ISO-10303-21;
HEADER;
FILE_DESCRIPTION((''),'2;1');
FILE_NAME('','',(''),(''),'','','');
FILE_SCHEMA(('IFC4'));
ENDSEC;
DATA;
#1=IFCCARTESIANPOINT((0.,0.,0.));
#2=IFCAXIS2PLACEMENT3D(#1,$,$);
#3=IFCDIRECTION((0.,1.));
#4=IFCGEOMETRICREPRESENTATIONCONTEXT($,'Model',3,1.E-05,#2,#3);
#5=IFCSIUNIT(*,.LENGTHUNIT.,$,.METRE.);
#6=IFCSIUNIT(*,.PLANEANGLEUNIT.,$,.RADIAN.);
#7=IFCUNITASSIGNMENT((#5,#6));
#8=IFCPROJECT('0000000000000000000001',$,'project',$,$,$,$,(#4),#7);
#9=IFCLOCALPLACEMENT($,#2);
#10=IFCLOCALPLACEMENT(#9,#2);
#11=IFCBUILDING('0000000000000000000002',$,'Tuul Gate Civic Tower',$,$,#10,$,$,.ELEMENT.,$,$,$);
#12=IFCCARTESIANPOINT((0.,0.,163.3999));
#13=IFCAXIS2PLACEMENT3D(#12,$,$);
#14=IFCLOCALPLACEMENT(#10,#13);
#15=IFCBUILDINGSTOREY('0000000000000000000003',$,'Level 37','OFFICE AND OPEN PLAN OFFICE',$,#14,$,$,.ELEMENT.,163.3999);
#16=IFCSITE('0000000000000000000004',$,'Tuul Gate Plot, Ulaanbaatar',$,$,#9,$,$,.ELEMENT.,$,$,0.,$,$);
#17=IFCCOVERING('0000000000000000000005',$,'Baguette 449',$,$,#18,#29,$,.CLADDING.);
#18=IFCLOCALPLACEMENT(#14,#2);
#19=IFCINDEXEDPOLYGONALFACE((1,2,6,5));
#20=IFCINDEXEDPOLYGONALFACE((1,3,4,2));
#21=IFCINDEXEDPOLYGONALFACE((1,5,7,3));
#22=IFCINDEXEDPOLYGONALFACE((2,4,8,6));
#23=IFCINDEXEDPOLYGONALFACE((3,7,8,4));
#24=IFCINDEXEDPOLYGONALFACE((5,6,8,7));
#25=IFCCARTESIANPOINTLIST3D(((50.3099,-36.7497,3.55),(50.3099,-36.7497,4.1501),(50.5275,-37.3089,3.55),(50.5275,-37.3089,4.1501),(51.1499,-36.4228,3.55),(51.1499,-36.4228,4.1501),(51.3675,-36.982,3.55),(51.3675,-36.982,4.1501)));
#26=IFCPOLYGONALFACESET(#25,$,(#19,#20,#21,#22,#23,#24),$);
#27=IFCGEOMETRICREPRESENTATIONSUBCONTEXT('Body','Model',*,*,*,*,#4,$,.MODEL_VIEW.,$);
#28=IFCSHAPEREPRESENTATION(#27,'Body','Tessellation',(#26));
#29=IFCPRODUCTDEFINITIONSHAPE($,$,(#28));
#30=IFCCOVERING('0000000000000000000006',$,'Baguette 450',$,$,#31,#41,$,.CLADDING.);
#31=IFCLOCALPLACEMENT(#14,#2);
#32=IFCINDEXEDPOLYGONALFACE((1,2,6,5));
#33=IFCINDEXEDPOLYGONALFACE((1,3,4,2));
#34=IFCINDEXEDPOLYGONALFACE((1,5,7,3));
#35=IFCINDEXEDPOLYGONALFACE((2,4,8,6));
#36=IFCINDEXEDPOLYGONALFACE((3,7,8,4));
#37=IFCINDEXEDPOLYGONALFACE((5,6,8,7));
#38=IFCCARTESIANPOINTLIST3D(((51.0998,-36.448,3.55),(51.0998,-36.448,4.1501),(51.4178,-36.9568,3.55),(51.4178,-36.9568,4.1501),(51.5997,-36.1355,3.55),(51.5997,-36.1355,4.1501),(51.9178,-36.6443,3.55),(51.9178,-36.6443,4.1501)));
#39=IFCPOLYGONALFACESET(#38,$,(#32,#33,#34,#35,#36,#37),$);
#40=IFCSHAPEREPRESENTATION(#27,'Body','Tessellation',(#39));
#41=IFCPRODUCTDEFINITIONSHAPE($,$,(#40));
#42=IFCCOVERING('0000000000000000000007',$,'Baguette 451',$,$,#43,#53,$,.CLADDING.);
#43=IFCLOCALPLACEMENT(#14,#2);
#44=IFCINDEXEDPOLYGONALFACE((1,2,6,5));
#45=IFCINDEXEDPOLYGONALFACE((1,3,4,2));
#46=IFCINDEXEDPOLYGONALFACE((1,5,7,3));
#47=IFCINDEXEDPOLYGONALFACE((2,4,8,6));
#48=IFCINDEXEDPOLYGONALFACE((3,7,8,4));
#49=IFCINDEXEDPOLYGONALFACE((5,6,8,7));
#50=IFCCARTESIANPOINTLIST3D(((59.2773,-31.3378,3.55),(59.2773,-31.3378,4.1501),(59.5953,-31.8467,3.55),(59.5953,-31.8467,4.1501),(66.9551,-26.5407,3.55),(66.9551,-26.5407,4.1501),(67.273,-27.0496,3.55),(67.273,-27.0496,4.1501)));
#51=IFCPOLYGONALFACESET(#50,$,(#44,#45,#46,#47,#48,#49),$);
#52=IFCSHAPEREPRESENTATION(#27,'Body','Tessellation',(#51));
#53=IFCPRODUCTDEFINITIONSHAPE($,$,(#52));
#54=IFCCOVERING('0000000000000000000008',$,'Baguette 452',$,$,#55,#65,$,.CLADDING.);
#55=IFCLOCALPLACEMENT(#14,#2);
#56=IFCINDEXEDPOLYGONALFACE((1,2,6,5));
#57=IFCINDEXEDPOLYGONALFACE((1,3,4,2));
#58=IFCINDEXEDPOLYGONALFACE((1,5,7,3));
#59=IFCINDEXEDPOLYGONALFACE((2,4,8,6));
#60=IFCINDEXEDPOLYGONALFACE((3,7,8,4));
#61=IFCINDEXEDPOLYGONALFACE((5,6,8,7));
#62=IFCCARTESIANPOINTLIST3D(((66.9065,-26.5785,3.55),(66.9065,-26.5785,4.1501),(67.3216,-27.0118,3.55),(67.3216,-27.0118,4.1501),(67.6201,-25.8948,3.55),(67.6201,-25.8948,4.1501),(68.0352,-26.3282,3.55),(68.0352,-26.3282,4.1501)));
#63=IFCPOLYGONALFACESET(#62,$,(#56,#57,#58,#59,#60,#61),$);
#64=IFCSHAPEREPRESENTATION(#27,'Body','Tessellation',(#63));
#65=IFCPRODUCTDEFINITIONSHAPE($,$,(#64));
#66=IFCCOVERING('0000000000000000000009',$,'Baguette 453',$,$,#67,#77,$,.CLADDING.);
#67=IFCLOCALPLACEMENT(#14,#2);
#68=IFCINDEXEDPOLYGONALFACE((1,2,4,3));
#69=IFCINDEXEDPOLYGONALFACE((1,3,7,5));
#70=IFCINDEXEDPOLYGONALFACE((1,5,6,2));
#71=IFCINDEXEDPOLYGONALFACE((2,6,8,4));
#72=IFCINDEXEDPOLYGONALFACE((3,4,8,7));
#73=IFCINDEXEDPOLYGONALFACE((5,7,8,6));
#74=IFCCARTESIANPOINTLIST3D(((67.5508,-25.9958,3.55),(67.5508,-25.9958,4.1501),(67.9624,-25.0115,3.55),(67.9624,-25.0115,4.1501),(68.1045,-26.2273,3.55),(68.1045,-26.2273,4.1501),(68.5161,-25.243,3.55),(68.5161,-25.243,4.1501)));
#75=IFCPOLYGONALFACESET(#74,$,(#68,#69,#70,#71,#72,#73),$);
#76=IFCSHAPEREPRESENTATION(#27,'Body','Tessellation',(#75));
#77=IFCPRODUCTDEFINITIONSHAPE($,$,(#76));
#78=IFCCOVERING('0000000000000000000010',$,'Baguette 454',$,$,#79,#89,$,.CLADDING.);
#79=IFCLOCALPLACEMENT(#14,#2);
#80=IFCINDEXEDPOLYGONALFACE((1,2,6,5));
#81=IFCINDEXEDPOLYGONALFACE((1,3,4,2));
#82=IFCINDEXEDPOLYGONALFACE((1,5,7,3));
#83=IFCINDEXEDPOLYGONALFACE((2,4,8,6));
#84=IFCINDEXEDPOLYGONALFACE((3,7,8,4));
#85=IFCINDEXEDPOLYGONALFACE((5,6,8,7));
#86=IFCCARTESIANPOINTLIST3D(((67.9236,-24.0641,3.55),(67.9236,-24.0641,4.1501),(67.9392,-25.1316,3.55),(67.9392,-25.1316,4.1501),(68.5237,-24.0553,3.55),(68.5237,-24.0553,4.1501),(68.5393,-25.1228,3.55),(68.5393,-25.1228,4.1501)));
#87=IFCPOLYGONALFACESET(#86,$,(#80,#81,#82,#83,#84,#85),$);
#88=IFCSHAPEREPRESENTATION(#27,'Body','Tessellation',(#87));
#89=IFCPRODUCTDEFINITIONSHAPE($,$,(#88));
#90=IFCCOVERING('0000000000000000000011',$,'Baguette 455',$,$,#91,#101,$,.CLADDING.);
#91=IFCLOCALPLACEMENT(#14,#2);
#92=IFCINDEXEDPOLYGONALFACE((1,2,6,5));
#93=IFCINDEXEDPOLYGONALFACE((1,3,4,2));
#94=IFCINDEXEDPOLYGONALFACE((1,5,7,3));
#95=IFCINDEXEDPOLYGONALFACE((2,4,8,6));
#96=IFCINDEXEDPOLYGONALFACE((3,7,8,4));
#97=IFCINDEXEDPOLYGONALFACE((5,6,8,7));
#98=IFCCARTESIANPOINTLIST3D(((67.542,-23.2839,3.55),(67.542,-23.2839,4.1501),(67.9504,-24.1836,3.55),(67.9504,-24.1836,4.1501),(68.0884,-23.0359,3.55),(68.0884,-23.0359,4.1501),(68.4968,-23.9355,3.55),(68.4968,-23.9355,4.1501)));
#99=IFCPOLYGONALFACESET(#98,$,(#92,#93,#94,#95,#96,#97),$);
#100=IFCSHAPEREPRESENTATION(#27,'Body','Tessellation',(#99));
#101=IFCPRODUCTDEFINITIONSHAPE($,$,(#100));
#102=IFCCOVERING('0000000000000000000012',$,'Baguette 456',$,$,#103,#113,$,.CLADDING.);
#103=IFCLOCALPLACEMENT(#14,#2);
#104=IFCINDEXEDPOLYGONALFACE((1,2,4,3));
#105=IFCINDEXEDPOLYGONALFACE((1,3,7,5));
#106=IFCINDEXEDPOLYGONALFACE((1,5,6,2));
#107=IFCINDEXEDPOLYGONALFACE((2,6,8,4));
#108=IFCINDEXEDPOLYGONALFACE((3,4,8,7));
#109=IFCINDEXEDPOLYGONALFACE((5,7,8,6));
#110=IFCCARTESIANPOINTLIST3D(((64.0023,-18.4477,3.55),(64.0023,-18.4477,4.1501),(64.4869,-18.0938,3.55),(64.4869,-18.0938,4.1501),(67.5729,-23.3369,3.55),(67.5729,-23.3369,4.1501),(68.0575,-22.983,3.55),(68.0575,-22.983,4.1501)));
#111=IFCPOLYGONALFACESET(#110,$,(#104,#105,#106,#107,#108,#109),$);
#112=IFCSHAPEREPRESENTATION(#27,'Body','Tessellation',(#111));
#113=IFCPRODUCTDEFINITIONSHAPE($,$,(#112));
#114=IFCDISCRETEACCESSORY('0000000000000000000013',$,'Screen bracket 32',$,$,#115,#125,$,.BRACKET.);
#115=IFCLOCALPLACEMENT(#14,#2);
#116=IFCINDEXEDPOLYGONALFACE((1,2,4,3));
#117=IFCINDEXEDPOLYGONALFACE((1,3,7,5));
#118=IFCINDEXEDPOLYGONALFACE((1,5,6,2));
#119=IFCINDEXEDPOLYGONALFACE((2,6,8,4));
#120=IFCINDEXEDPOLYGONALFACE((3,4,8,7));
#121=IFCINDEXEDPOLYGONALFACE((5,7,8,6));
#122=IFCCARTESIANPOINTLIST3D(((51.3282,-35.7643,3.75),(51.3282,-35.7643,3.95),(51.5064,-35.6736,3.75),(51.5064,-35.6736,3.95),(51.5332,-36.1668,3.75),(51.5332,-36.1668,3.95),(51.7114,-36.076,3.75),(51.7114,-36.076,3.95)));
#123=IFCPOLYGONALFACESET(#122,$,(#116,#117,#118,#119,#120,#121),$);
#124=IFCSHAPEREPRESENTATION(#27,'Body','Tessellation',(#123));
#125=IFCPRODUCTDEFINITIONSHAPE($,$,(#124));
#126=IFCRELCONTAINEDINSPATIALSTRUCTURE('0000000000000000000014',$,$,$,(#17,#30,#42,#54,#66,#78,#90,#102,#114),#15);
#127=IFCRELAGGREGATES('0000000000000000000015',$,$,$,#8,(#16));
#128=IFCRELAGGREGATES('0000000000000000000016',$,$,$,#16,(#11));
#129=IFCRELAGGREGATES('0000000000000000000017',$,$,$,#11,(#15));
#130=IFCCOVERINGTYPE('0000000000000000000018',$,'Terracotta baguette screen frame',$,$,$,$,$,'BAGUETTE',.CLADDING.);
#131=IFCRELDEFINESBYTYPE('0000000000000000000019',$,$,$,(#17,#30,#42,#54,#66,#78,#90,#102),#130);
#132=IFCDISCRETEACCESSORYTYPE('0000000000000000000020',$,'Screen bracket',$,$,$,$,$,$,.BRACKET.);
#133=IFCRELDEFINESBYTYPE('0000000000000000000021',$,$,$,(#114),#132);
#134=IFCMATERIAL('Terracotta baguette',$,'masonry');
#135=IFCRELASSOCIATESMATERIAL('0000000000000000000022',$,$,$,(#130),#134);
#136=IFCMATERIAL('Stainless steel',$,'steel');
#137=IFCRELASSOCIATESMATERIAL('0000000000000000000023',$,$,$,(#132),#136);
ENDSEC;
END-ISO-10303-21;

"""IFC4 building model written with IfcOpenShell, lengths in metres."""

from ifc_helpers import new_model, si_unit, direction, frame, origin, origin_2d, place, context, subcontext, project, spatial, rectangle, extrude, material, material_profile, profile_set, type_object, element, save


model = new_model("IFC4")

# Units and contexts
model_context = context("Model", 3, precision=1e-05, world=origin(), true_north=direction((0.0, 1.0)))
body_context = subcontext(model_context, "Body", "Model", "MODEL_VIEW")
ifc_project = project(units=[si_unit("LENGTHUNIT", "METRE"), si_unit("PLANEANGLEUNIT", "RADIAN")], contexts=[model_context])

# Site, building, storey
site_placement = place(None, origin())
site = spatial("IfcSite", under=ifc_project, at=site_placement, Name="Tuul Gate Plot, Ulaanbaatar", CompositionType="ELEMENT", RefElevation=0.0)
building_placement = place(site_placement, origin())
building = spatial("IfcBuilding", under=site, at=building_placement, Name="Tuul Gate Civic Tower", CompositionType="ELEMENT")
storey_placement = place(building_placement, frame((0.0, 0.0, 163.3999)))
storey = spatial("IfcBuildingStorey", under=building, at=storey_placement, Name="Level 37", Description="OFFICE AND OPEN PLAN OFFICE", CompositionType="ELEMENT", Elevation=163.3999)

# Coverings
ifc_material_1 = material(Name="Terracotta baguette", Category="masonry")
ifc_material_profile_1 = material_profile(ifc_material_1, rectangle(XDim=0.6001, YDim=0.6001, at=origin_2d()), Name="Terracotta baguette screen frame")
ifc_profile_set_1 = profile_set([ifc_material_profile_1], Name="Terracotta baguette")
covering_type = type_object("IfcCoveringType", Name="Terracotta baguette screen frame", ElementType="BAGUETTE", PredefinedType="CLADDING", material=ifc_profile_set_1)
covering_1_placement = place(storey_placement, frame((50.4187, -37.0293, 3.8501), z_axis=(0.931928, 0.362642, 0.0), x_axis=(-0.362642, 0.931928, 0.0)))
element("IfcCovering", 1, at=covering_1_placement, inside=storey, type_object=covering_type, Name="Baguette 449", PredefinedType="CLADDING", context=body_context, shape_type="SweptSolid", body=[
    extrude(rectangle(XDim=0.6001, YDim=0.6001, at=origin_2d()), origin(), (0.0, 0.0, 1.0), 0.9014),
])
covering_2_placement = place(storey_placement, frame((51.2588, -36.7024, 3.8501), z_axis=(0.847998, 0.529999, 0.0), x_axis=(-0.529999, 0.847998, 0.0)))
element("IfcCovering", 2, at=covering_2_placement, inside=storey, type_object=covering_type, Name="Baguette 450", PredefinedType="CLADDING", context=body_context, shape_type="SweptSolid", body=[
    extrude(rectangle(XDim=0.6001, YDim=0.6001, at=origin_2d()), origin(), (0.0, 0.0, 1.0), 0.5896),
])
covering_3_placement = place(storey_placement, frame((59.4363, -31.5923, 3.8501), z_axis=(0.848071, 0.529883, 0.0), x_axis=(-0.529883, 0.848071, 0.0)))
element("IfcCovering", 3, at=covering_3_placement, inside=storey, type_object=covering_type, Name="Baguette 451", PredefinedType="CLADDING", context=body_context, shape_type="SweptSolid", body=[
    extrude(rectangle(XDim=0.6001, YDim=0.6001, at=origin_2d()), origin(), (0.0, 0.0, 1.0), 9.0532),
])
covering_4_placement = place(storey_placement, frame((67.114, -26.7952, 3.8501), z_axis=(0.722137, 0.69175, 0.0), x_axis=(-0.69175, 0.722137, 0.0)))
element("IfcCovering", 4, at=covering_4_placement, inside=storey, type_object=covering_type, Name="Baguette 452", PredefinedType="CLADDING", context=body_context, shape_type="SweptSolid", body=[
    extrude(rectangle(XDim=0.6001, YDim=0.6001, at=origin_2d()), origin(), (0.0, 0.0, 1.0), 0.9883),
])
covering_5_placement = place(storey_placement, frame((67.8276, -26.1116, 3.8501), z_axis=(0.385785, 0.922589, 0.0), x_axis=(-0.922589, 0.385785, 0.0)))
element("IfcCovering", 5, at=covering_5_placement, inside=storey, type_object=covering_type, Name="Baguette 453", PredefinedType="CLADDING", context=body_context, shape_type="SweptSolid", body=[
    extrude(rectangle(XDim=0.6001, YDim=0.6001, at=origin_2d()), origin(), (0.0, 0.0, 1.0), 1.0669),
])
covering_6_placement = place(storey_placement, frame((68.2393, -25.1272, 3.8501), z_axis=(-0.014634, 0.999893, 0.0), x_axis=(-0.999893, -0.014634, 0.0)))
element("IfcCovering", 6, at=covering_6_placement, inside=storey, type_object=covering_type, Name="Baguette 454", PredefinedType="CLADDING", context=body_context, shape_type="SweptSolid", body=[
    extrude(rectangle(XDim=0.6001, YDim=0.6001, at=origin_2d()), origin(), (0.0, 0.0, 1.0), 1.0676),
])
covering_7_placement = place(storey_placement, frame((68.2236, -24.0596, 3.8501), z_axis=(-0.413393, 0.910553, 0.0), x_axis=(-0.910553, -0.413393, 0.0)))
element("IfcCovering", 7, at=covering_7_placement, inside=storey, type_object=covering_type, Name="Baguette 455", PredefinedType="CLADDING", context=body_context, shape_type="SweptSolid", body=[
    extrude(rectangle(XDim=0.6001, YDim=0.6001, at=origin_2d()), origin(), (0.0, 0.0, 1.0), 0.988),
])
covering_8_placement = place(storey_placement, frame((67.8152, -23.1599, 3.8501), z_axis=(-0.58977, 0.807571, 0.0), x_axis=(-0.807571, -0.58977, 0.0)))
element("IfcCovering", 8, at=covering_8_placement, inside=storey, type_object=covering_type, Name="Baguette 456", PredefinedType="CLADDING", context=body_context, shape_type="SweptSolid", body=[
    extrude(rectangle(XDim=0.6001, YDim=0.6001, at=origin_2d()), origin(), (0.0, 0.0, 1.0), 6.0542),
])

# Discrete accessory
ifc_material_2 = material(Name="Stainless steel", Category="steel")
discrete_accessory_type = type_object("IfcDiscreteAccessoryType", Name="Screen bracket", PredefinedType="BRACKET", material=ifc_material_2)
discrete_accessory_placement = place(storey_placement, frame((51.5198, -35.9202, 3.75), z_axis=(0.0, 0.0, 1.0), x_axis=(0.453849, -0.891079, 0.0)))
element("IfcDiscreteAccessory", 9, at=discrete_accessory_placement, inside=storey, type_object=discrete_accessory_type, Name="Screen bracket 32", PredefinedType="BRACKET", context=body_context, shape_type="SweptSolid", body=[
    extrude(rectangle(XDim=0.4517, YDim=0.2, at=origin_2d()), origin(), (0.0, 0.0, 1.0), 0.2),
])

save(model, "model.ifc")
